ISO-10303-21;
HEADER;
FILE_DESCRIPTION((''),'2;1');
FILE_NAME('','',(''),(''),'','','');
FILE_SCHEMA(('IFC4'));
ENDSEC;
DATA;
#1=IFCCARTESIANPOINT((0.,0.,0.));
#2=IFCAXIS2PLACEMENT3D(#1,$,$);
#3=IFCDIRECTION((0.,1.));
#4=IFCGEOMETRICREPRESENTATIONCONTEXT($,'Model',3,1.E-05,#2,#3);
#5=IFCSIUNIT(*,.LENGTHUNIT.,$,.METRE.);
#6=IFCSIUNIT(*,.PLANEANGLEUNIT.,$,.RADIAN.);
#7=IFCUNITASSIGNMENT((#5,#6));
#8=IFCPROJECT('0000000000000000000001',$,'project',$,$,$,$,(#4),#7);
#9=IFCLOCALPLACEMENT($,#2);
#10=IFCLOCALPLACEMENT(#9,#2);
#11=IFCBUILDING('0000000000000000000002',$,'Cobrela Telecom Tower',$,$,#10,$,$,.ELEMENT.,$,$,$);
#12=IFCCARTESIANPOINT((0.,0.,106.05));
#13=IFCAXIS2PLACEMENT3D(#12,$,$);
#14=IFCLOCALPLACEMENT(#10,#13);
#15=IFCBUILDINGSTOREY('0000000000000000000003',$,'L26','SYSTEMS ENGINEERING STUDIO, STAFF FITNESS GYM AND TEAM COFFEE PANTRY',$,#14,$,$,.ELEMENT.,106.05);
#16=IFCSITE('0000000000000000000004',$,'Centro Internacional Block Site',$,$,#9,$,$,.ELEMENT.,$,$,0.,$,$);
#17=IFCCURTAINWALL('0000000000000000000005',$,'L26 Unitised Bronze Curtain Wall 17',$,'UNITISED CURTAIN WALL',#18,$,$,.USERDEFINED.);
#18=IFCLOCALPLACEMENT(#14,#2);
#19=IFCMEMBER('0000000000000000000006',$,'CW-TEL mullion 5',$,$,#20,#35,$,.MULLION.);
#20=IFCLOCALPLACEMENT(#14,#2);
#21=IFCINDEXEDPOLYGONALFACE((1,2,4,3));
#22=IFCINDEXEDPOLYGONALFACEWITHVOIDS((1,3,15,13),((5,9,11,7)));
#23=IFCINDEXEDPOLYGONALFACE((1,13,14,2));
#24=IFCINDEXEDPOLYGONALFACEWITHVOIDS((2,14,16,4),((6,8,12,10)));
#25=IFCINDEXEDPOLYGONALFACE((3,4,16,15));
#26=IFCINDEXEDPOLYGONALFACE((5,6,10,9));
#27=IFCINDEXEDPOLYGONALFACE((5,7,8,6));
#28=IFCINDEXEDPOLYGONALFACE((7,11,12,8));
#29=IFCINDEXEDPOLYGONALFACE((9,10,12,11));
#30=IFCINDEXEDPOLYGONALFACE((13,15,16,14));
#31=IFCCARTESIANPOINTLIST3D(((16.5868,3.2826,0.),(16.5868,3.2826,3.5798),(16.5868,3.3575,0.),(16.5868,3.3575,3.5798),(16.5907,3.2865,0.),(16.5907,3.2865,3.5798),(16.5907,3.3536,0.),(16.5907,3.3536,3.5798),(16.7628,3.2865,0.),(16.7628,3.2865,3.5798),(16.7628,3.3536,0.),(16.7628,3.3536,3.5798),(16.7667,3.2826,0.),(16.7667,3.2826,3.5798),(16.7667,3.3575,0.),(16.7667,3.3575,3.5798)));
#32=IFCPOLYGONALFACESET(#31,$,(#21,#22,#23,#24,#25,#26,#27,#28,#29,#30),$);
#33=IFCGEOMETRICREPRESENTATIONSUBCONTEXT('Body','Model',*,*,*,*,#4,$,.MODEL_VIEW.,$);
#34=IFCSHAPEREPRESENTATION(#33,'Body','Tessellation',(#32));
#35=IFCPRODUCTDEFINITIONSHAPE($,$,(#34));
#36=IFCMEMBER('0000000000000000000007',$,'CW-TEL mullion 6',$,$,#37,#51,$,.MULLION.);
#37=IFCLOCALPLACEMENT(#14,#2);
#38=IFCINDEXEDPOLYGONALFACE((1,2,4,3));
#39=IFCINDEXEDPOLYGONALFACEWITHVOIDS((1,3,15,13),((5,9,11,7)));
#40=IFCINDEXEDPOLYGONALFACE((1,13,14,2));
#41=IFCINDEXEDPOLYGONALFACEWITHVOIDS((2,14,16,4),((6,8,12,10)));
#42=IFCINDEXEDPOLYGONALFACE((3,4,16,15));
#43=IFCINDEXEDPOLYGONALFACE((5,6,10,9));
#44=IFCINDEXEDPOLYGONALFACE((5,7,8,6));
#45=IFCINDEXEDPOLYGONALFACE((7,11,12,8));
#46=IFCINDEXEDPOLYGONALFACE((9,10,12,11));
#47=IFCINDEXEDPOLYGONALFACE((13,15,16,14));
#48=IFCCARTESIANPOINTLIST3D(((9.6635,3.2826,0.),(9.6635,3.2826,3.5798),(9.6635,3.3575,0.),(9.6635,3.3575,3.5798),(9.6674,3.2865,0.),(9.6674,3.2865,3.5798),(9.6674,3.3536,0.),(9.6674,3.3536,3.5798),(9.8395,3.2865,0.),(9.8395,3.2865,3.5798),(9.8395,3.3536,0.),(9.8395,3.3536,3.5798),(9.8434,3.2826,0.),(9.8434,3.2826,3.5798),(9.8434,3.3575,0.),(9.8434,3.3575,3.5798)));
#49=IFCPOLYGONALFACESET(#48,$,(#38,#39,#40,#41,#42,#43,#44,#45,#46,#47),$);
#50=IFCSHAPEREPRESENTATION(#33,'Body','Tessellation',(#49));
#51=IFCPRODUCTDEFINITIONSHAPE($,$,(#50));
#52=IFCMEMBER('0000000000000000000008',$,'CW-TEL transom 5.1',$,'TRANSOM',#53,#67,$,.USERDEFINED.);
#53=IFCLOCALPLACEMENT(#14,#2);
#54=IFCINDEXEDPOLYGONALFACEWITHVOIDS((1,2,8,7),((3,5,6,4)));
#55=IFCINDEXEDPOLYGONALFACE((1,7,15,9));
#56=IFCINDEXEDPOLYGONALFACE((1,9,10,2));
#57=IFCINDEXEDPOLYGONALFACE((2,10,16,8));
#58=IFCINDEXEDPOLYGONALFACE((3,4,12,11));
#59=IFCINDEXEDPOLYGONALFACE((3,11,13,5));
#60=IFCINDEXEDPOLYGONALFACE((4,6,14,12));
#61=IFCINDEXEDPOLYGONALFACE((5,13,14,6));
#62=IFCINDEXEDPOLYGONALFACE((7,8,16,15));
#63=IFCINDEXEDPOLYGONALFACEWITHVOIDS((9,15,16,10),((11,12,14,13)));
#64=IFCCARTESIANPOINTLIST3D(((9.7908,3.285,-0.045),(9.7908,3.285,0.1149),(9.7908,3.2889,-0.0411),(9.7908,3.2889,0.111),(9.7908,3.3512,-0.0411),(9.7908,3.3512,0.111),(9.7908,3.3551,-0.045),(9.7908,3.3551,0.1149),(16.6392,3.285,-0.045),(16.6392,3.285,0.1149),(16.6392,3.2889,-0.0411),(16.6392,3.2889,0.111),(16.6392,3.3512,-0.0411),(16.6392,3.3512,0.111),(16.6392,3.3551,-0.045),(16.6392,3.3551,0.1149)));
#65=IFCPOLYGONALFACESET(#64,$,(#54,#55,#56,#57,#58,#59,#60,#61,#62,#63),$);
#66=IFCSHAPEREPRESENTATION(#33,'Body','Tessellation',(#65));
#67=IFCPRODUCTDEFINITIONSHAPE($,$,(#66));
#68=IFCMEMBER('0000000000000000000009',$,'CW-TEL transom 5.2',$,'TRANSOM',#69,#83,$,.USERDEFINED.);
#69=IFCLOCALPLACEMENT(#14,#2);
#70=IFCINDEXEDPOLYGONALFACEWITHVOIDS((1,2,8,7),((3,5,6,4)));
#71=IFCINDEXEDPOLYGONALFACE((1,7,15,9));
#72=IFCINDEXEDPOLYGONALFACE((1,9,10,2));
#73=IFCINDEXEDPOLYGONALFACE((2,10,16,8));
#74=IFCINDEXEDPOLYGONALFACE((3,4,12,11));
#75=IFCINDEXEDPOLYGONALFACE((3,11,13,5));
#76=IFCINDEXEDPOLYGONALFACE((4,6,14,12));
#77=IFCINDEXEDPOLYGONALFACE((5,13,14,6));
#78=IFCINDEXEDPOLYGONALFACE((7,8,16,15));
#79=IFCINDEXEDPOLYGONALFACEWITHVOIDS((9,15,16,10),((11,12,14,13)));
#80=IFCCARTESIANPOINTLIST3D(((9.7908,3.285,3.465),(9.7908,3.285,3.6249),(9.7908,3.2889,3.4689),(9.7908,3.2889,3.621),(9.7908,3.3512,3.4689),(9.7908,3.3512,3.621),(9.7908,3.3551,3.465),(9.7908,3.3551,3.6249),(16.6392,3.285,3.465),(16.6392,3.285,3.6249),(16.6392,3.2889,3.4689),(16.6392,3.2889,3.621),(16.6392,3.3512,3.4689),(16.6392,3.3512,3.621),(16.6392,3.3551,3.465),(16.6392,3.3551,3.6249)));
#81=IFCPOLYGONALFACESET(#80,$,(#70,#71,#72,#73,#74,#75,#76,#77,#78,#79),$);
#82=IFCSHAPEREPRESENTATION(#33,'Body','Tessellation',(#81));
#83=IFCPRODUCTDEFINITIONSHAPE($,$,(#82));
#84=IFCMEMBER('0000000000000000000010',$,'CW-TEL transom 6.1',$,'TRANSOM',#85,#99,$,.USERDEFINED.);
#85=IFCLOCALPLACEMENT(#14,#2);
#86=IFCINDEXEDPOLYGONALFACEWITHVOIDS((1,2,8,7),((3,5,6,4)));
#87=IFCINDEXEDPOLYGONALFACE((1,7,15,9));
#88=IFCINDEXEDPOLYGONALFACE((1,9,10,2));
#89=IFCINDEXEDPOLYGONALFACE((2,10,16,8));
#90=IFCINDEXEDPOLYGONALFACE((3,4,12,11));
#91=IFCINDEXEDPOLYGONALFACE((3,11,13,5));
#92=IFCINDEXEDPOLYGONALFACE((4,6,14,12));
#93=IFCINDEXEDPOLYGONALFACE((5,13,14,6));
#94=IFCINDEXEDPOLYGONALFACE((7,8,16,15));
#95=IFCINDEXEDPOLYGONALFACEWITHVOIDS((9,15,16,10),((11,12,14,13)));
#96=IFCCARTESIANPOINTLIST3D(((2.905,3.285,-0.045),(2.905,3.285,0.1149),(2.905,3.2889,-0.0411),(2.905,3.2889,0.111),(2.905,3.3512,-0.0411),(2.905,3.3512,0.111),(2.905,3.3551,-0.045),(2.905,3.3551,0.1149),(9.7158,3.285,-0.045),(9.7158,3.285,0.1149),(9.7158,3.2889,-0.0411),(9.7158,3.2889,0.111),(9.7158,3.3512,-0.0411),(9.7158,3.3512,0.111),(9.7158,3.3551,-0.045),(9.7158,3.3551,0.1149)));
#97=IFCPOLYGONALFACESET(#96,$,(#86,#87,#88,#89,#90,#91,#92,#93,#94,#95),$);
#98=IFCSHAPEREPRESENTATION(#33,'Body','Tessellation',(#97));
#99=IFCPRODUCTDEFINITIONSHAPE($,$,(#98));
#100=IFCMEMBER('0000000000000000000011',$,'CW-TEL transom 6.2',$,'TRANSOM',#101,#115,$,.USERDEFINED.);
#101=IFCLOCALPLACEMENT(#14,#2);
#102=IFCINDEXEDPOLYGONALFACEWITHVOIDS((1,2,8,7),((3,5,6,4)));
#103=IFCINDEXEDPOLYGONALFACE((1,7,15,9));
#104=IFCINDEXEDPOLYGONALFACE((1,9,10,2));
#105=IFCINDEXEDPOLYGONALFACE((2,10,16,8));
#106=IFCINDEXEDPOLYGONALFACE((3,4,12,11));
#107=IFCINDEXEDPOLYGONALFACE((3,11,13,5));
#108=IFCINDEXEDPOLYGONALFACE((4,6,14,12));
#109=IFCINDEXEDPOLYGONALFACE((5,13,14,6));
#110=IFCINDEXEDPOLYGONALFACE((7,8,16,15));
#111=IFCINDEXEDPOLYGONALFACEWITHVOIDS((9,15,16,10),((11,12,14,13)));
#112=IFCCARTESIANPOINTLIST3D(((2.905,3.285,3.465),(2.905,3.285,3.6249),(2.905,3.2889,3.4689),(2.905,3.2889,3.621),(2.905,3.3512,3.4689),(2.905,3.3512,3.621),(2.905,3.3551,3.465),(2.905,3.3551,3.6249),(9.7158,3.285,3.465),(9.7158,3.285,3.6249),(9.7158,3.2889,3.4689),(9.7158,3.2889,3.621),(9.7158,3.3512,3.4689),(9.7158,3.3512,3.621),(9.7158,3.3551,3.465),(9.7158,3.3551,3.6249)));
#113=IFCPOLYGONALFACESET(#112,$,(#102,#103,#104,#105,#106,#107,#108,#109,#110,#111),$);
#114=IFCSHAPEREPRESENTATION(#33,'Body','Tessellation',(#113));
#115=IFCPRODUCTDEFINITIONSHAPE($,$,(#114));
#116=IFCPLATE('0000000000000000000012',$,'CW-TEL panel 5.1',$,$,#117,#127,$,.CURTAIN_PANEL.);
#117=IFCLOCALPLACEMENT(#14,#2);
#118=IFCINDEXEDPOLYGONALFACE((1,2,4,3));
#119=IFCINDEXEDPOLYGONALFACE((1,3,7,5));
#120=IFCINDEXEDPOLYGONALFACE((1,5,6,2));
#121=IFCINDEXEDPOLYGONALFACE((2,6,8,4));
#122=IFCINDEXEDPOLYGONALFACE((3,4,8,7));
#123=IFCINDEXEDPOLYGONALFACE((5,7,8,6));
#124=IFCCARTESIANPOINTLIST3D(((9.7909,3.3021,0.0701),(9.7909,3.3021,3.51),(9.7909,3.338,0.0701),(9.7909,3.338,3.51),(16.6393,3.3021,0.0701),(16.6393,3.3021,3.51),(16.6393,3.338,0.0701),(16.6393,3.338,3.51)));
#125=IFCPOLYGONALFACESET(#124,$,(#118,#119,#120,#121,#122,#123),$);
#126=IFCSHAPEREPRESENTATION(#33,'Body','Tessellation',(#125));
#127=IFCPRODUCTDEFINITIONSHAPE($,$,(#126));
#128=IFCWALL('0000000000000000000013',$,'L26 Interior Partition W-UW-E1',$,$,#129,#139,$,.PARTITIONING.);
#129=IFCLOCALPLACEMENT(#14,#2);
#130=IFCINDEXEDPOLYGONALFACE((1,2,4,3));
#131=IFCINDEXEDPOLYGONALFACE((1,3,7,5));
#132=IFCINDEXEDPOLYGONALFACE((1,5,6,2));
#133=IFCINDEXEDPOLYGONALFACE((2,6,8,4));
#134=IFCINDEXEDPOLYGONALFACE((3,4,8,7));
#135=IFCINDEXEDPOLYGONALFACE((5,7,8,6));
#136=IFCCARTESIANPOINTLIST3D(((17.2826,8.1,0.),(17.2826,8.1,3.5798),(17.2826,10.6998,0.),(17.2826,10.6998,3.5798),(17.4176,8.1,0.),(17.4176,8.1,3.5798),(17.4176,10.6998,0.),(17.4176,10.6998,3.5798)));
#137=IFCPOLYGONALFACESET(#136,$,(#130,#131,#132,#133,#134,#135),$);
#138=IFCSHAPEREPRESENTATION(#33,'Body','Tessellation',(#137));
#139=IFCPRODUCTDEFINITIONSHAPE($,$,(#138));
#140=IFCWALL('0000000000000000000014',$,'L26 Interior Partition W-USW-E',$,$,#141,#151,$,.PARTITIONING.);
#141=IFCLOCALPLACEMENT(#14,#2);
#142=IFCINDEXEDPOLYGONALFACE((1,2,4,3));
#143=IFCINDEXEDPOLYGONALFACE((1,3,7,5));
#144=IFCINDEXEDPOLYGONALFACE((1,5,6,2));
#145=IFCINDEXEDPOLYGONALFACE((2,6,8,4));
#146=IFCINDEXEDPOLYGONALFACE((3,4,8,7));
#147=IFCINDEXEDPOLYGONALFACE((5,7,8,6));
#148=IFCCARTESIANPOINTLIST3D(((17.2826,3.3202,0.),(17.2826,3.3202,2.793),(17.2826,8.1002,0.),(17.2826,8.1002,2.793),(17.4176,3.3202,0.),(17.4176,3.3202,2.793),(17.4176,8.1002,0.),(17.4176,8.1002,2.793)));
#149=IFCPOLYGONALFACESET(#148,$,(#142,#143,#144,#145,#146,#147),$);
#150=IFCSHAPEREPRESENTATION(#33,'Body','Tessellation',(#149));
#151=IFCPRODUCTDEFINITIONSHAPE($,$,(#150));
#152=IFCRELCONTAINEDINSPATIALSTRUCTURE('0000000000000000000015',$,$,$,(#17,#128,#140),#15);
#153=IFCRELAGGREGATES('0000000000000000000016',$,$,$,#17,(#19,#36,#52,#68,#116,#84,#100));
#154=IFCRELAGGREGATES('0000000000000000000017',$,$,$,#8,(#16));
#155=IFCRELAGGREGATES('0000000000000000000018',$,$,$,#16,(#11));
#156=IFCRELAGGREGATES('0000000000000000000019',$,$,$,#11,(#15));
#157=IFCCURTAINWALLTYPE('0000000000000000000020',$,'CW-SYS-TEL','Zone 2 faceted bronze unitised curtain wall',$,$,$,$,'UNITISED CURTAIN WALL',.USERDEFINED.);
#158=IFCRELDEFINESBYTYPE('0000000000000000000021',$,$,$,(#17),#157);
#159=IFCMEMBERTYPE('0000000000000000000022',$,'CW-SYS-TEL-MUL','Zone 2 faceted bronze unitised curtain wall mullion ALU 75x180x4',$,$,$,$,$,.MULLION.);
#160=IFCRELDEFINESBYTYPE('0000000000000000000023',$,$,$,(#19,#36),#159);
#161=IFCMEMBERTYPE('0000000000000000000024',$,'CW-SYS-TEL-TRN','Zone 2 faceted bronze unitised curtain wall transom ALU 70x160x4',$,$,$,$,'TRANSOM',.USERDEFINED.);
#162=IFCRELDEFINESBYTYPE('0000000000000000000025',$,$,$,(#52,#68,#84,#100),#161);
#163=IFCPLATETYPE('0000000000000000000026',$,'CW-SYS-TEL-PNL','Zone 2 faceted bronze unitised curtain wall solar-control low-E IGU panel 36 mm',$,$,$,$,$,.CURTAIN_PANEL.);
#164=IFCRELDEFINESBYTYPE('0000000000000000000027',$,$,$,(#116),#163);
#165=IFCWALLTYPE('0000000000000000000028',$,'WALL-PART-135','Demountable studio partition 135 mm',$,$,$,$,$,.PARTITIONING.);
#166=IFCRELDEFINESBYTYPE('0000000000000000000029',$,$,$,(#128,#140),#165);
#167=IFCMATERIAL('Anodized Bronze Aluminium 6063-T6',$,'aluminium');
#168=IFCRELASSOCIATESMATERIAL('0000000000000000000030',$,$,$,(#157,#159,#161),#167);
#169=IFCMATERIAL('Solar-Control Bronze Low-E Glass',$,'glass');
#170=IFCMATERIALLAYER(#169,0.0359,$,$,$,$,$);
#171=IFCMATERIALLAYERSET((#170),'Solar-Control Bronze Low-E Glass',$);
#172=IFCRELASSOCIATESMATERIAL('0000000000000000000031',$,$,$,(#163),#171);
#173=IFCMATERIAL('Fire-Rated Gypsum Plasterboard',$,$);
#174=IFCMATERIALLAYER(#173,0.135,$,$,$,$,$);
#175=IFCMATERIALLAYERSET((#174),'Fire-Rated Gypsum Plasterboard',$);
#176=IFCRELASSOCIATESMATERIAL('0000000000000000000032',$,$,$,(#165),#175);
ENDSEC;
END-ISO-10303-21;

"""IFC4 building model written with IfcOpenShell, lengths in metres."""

from ifc_helpers import new_model, si_unit, direction, frame, frame_2d, origin, origin_2d, place, context, subcontext, project, spatial, rectangle, hollow_rectangle, extrude, material, layer, layer_set, material_profile, profile_set, type_object, element, aggregate, save


model = new_model("IFC4")

# Units and contexts
model_context = context("Model", 3, precision=1e-05, world=origin(), true_north=direction((0.0, 1.0)))
body_context = subcontext(model_context, "Body", "Model", "MODEL_VIEW")
ifc_project = project(units=[si_unit("LENGTHUNIT", "METRE"), si_unit("PLANEANGLEUNIT", "RADIAN")], contexts=[model_context])

# Site, building, storey
site_placement = place(None, origin())
site = spatial("IfcSite", under=ifc_project, at=site_placement, Name="Centro Internacional Block Site", CompositionType="ELEMENT", RefElevation=0.0)
building_placement = place(site_placement, origin())
building = spatial("IfcBuilding", under=site, at=building_placement, Name="Cobrela Telecom Tower", CompositionType="ELEMENT")
storey_placement = place(building_placement, frame((0.0, 0.0, 106.05)))
storey = spatial("IfcBuildingStorey", under=building, at=storey_placement, Name="L26", Description="SYSTEMS ENGINEERING STUDIO, STAFF FITNESS GYM AND TEAM COFFEE PANTRY", CompositionType="ELEMENT", Elevation=106.05)

# Curtain wall, members, plate
ifc_material_1 = material(Name="Anodized Bronze Aluminium 6063-T6", Category="aluminium")
curtain_wall_type = type_object("IfcCurtainWallType", Name="CW-SYS-TEL", Description="Zone 2 faceted bronze unitised curtain wall", ElementType="UNITISED CURTAIN WALL", PredefinedType="USERDEFINED", material=ifc_material_1)
curtain_wall_placement = place(storey_placement, origin())
curtain_wall = element("IfcCurtainWall", 1, at=curtain_wall_placement, inside=storey, type_object=curtain_wall_type, Name="L26 Unitised Bronze Curtain Wall 17", ObjectType="UNITISED CURTAIN WALL", PredefinedType="USERDEFINED")
ifc_material_profile_1 = material_profile(ifc_material_1, hollow_rectangle(XDim=0.075, YDim=0.1799, WallThickness=0.0039, at=origin_2d()), Name="ALU 75x180x4")
ifc_profile_set_1 = profile_set([ifc_material_profile_1], Name="Anodized Bronze Aluminium 6063-T6")
member_type_1 = type_object("IfcMemberType", Name="CW-SYS-TEL-MUL", Description="Zone 2 faceted bronze unitised curtain wall mullion ALU 75x180x4", PredefinedType="MULLION", material=ifc_profile_set_1)
member_1_placement = place(storey_placement, frame((16.6768, 3.3201, 0.0), z_axis=(0.0, 0.0, 1.0), x_axis=(0.0, -1.0, 0.0)))
member_1 = element("IfcMember", 2, at=member_1_placement, type_object=member_type_1, Name="CW-TEL mullion 5", PredefinedType="MULLION", context=body_context, shape_type="SweptSolid", body=[
    extrude(hollow_rectangle(XDim=0.075, YDim=0.1799, WallThickness=0.0039, at=origin_2d()), origin(), (0.0, 0.0, 1.0), 3.5798),
])
member_2_placement = place(storey_placement, frame((9.7534, 3.3201, 0.0), z_axis=(0.0, 0.0, 1.0), x_axis=(0.0, -1.0, 0.0)))
member_2 = element("IfcMember", 3, at=member_2_placement, type_object=member_type_1, Name="CW-TEL mullion 6", PredefinedType="MULLION", context=body_context, shape_type="SweptSolid", body=[
    extrude(hollow_rectangle(XDim=0.075, YDim=0.1799, WallThickness=0.0039, at=origin_2d()), origin(), (0.0, 0.0, 1.0), 3.5798),
])
ifc_material_profile_2 = material_profile(ifc_material_1, hollow_rectangle(XDim=0.0701, YDim=0.1599, WallThickness=0.0039, at=origin_2d()), Name="ALU 70x160x4")
ifc_profile_set_2 = profile_set([ifc_material_profile_2], Name="Anodized Bronze Aluminium 6063-T6")
member_type_2 = type_object("IfcMemberType", Name="CW-SYS-TEL-TRN", Description="Zone 2 faceted bronze unitised curtain wall transom ALU 70x160x4", ElementType="TRANSOM", PredefinedType="USERDEFINED", material=ifc_profile_set_2)
member_3_placement = place(storey_placement, frame((16.6392, 3.3201, 0.0349), z_axis=(-1.0, 0.0, 0.0), x_axis=(0.0, -1.0, 0.0)))
member_3 = element("IfcMember", 4, at=member_3_placement, type_object=member_type_2, Name="CW-TEL transom 5.1", ObjectType="TRANSOM", PredefinedType="USERDEFINED", context=body_context, shape_type="SweptSolid", body=[
    extrude(hollow_rectangle(XDim=0.0701, YDim=0.1599, WallThickness=0.0039, at=origin_2d()), origin(), (0.0, 0.0, 1.0), 6.8484),
])
member_4_placement = place(storey_placement, frame((16.6392, 3.3201, 3.5449), z_axis=(-1.0, 0.0, 0.0), x_axis=(0.0, -1.0, 0.0)))
member_4 = element("IfcMember", 5, at=member_4_placement, type_object=member_type_2, Name="CW-TEL transom 5.2", ObjectType="TRANSOM", PredefinedType="USERDEFINED", context=body_context, shape_type="SweptSolid", body=[
    extrude(hollow_rectangle(XDim=0.0701, YDim=0.1599, WallThickness=0.0039, at=origin_2d()), origin(), (0.0, 0.0, 1.0), 6.8484),
])
member_5_placement = place(storey_placement, frame((9.7158, 3.3201, 0.0349), z_axis=(-1.0, 0.0, 0.0), x_axis=(0.0, -1.0, 0.0)))
member_5 = element("IfcMember", 6, at=member_5_placement, type_object=member_type_2, Name="CW-TEL transom 6.1", ObjectType="TRANSOM", PredefinedType="USERDEFINED", context=body_context, shape_type="SweptSolid", body=[
    extrude(hollow_rectangle(XDim=0.0701, YDim=0.1599, WallThickness=0.0039, at=origin_2d()), origin(), (0.0, 0.0, 1.0), 6.8108),
])
member_6_placement = place(storey_placement, frame((9.7158, 3.3201, 3.5449), z_axis=(-1.0, 0.0, 0.0), x_axis=(0.0, -1.0, 0.0)))
member_6 = element("IfcMember", 7, at=member_6_placement, type_object=member_type_2, Name="CW-TEL transom 6.2", ObjectType="TRANSOM", PredefinedType="USERDEFINED", context=body_context, shape_type="SweptSolid", body=[
    extrude(hollow_rectangle(XDim=0.0701, YDim=0.1599, WallThickness=0.0039, at=origin_2d()), origin(), (0.0, 0.0, 1.0), 6.8108),
])
ifc_material_2 = material(Name="Solar-Control Bronze Low-E Glass", Category="glass")
ifc_layer_1 = layer(ifc_material_2, 0.0359)
ifc_layer_set_1 = layer_set([ifc_layer_1], Name="Solar-Control Bronze Low-E Glass")
plate_type = type_object("IfcPlateType", Name="CW-SYS-TEL-PNL", Description="Zone 2 faceted bronze unitised curtain wall solar-control low-E IGU panel 36 mm", PredefinedType="CURTAIN_PANEL", material=ifc_layer_set_1)
plate_placement = place(storey_placement, frame((13.2151, 3.3201, 0.0701), z_axis=(0.0, 0.0, 1.0), x_axis=(-1.0, 0.0, 0.0)))
plate = element("IfcPlate", 8, at=plate_placement, type_object=plate_type, Name="CW-TEL panel 5.1", PredefinedType="CURTAIN_PANEL", context=body_context, shape_type="SweptSolid", body=[
    extrude(rectangle(XDim=6.8484, YDim=0.0359, at=origin_2d()), origin(), (0.0, 0.0, 1.0), 3.4399),
])
aggregate(curtain_wall, [member_1, member_2, member_3, member_4, plate, member_5, member_6])

# Walls
ifc_material_3 = material(Name="Fire-Rated Gypsum Plasterboard")
ifc_layer_2 = layer(ifc_material_3, 0.135)
ifc_layer_set_2 = layer_set([ifc_layer_2], Name="Fire-Rated Gypsum Plasterboard")
wall_type_1 = type_object("IfcWallType", Name="WALL-PART-135", Description="Demountable studio partition 135 mm", PredefinedType="PARTITIONING", material=ifc_layer_set_2)
wall_1_placement = place(storey_placement, frame((17.3501, 8.1001, 0.0), z_axis=(0.0, 0.0, 1.0), x_axis=(0.0, 1.0, 0.0)))
element("IfcWall", 9, at=wall_1_placement, inside=storey, type_object=wall_type_1, Name="L26 Interior Partition W-UW-E1", PredefinedType="PARTITIONING", context=body_context, shape_type="SweptSolid", body=[
    extrude(rectangle(XDim=2.5999, YDim=0.135, at=frame_2d((1.2998, 0.0))), origin(), (0.0, 0.0, 1.0), 3.5798),
])
wall_2_placement = place(storey_placement, frame((17.3501, 3.3201, 0.0), z_axis=(0.0, 0.0, 1.0), x_axis=(0.0, 1.0, 0.0)))
element("IfcWall", 10, at=wall_2_placement, inside=storey, type_object=wall_type_1, Name="L26 Interior Partition W-USW-E", PredefinedType="PARTITIONING", context=body_context, shape_type="SweptSolid", body=[
    extrude(rectangle(XDim=4.78, YDim=0.135, at=frame_2d((2.3901, 0.0))), origin(), (0.0, 0.0, 1.0), 2.793),
])

save(model, "model.ifc")
